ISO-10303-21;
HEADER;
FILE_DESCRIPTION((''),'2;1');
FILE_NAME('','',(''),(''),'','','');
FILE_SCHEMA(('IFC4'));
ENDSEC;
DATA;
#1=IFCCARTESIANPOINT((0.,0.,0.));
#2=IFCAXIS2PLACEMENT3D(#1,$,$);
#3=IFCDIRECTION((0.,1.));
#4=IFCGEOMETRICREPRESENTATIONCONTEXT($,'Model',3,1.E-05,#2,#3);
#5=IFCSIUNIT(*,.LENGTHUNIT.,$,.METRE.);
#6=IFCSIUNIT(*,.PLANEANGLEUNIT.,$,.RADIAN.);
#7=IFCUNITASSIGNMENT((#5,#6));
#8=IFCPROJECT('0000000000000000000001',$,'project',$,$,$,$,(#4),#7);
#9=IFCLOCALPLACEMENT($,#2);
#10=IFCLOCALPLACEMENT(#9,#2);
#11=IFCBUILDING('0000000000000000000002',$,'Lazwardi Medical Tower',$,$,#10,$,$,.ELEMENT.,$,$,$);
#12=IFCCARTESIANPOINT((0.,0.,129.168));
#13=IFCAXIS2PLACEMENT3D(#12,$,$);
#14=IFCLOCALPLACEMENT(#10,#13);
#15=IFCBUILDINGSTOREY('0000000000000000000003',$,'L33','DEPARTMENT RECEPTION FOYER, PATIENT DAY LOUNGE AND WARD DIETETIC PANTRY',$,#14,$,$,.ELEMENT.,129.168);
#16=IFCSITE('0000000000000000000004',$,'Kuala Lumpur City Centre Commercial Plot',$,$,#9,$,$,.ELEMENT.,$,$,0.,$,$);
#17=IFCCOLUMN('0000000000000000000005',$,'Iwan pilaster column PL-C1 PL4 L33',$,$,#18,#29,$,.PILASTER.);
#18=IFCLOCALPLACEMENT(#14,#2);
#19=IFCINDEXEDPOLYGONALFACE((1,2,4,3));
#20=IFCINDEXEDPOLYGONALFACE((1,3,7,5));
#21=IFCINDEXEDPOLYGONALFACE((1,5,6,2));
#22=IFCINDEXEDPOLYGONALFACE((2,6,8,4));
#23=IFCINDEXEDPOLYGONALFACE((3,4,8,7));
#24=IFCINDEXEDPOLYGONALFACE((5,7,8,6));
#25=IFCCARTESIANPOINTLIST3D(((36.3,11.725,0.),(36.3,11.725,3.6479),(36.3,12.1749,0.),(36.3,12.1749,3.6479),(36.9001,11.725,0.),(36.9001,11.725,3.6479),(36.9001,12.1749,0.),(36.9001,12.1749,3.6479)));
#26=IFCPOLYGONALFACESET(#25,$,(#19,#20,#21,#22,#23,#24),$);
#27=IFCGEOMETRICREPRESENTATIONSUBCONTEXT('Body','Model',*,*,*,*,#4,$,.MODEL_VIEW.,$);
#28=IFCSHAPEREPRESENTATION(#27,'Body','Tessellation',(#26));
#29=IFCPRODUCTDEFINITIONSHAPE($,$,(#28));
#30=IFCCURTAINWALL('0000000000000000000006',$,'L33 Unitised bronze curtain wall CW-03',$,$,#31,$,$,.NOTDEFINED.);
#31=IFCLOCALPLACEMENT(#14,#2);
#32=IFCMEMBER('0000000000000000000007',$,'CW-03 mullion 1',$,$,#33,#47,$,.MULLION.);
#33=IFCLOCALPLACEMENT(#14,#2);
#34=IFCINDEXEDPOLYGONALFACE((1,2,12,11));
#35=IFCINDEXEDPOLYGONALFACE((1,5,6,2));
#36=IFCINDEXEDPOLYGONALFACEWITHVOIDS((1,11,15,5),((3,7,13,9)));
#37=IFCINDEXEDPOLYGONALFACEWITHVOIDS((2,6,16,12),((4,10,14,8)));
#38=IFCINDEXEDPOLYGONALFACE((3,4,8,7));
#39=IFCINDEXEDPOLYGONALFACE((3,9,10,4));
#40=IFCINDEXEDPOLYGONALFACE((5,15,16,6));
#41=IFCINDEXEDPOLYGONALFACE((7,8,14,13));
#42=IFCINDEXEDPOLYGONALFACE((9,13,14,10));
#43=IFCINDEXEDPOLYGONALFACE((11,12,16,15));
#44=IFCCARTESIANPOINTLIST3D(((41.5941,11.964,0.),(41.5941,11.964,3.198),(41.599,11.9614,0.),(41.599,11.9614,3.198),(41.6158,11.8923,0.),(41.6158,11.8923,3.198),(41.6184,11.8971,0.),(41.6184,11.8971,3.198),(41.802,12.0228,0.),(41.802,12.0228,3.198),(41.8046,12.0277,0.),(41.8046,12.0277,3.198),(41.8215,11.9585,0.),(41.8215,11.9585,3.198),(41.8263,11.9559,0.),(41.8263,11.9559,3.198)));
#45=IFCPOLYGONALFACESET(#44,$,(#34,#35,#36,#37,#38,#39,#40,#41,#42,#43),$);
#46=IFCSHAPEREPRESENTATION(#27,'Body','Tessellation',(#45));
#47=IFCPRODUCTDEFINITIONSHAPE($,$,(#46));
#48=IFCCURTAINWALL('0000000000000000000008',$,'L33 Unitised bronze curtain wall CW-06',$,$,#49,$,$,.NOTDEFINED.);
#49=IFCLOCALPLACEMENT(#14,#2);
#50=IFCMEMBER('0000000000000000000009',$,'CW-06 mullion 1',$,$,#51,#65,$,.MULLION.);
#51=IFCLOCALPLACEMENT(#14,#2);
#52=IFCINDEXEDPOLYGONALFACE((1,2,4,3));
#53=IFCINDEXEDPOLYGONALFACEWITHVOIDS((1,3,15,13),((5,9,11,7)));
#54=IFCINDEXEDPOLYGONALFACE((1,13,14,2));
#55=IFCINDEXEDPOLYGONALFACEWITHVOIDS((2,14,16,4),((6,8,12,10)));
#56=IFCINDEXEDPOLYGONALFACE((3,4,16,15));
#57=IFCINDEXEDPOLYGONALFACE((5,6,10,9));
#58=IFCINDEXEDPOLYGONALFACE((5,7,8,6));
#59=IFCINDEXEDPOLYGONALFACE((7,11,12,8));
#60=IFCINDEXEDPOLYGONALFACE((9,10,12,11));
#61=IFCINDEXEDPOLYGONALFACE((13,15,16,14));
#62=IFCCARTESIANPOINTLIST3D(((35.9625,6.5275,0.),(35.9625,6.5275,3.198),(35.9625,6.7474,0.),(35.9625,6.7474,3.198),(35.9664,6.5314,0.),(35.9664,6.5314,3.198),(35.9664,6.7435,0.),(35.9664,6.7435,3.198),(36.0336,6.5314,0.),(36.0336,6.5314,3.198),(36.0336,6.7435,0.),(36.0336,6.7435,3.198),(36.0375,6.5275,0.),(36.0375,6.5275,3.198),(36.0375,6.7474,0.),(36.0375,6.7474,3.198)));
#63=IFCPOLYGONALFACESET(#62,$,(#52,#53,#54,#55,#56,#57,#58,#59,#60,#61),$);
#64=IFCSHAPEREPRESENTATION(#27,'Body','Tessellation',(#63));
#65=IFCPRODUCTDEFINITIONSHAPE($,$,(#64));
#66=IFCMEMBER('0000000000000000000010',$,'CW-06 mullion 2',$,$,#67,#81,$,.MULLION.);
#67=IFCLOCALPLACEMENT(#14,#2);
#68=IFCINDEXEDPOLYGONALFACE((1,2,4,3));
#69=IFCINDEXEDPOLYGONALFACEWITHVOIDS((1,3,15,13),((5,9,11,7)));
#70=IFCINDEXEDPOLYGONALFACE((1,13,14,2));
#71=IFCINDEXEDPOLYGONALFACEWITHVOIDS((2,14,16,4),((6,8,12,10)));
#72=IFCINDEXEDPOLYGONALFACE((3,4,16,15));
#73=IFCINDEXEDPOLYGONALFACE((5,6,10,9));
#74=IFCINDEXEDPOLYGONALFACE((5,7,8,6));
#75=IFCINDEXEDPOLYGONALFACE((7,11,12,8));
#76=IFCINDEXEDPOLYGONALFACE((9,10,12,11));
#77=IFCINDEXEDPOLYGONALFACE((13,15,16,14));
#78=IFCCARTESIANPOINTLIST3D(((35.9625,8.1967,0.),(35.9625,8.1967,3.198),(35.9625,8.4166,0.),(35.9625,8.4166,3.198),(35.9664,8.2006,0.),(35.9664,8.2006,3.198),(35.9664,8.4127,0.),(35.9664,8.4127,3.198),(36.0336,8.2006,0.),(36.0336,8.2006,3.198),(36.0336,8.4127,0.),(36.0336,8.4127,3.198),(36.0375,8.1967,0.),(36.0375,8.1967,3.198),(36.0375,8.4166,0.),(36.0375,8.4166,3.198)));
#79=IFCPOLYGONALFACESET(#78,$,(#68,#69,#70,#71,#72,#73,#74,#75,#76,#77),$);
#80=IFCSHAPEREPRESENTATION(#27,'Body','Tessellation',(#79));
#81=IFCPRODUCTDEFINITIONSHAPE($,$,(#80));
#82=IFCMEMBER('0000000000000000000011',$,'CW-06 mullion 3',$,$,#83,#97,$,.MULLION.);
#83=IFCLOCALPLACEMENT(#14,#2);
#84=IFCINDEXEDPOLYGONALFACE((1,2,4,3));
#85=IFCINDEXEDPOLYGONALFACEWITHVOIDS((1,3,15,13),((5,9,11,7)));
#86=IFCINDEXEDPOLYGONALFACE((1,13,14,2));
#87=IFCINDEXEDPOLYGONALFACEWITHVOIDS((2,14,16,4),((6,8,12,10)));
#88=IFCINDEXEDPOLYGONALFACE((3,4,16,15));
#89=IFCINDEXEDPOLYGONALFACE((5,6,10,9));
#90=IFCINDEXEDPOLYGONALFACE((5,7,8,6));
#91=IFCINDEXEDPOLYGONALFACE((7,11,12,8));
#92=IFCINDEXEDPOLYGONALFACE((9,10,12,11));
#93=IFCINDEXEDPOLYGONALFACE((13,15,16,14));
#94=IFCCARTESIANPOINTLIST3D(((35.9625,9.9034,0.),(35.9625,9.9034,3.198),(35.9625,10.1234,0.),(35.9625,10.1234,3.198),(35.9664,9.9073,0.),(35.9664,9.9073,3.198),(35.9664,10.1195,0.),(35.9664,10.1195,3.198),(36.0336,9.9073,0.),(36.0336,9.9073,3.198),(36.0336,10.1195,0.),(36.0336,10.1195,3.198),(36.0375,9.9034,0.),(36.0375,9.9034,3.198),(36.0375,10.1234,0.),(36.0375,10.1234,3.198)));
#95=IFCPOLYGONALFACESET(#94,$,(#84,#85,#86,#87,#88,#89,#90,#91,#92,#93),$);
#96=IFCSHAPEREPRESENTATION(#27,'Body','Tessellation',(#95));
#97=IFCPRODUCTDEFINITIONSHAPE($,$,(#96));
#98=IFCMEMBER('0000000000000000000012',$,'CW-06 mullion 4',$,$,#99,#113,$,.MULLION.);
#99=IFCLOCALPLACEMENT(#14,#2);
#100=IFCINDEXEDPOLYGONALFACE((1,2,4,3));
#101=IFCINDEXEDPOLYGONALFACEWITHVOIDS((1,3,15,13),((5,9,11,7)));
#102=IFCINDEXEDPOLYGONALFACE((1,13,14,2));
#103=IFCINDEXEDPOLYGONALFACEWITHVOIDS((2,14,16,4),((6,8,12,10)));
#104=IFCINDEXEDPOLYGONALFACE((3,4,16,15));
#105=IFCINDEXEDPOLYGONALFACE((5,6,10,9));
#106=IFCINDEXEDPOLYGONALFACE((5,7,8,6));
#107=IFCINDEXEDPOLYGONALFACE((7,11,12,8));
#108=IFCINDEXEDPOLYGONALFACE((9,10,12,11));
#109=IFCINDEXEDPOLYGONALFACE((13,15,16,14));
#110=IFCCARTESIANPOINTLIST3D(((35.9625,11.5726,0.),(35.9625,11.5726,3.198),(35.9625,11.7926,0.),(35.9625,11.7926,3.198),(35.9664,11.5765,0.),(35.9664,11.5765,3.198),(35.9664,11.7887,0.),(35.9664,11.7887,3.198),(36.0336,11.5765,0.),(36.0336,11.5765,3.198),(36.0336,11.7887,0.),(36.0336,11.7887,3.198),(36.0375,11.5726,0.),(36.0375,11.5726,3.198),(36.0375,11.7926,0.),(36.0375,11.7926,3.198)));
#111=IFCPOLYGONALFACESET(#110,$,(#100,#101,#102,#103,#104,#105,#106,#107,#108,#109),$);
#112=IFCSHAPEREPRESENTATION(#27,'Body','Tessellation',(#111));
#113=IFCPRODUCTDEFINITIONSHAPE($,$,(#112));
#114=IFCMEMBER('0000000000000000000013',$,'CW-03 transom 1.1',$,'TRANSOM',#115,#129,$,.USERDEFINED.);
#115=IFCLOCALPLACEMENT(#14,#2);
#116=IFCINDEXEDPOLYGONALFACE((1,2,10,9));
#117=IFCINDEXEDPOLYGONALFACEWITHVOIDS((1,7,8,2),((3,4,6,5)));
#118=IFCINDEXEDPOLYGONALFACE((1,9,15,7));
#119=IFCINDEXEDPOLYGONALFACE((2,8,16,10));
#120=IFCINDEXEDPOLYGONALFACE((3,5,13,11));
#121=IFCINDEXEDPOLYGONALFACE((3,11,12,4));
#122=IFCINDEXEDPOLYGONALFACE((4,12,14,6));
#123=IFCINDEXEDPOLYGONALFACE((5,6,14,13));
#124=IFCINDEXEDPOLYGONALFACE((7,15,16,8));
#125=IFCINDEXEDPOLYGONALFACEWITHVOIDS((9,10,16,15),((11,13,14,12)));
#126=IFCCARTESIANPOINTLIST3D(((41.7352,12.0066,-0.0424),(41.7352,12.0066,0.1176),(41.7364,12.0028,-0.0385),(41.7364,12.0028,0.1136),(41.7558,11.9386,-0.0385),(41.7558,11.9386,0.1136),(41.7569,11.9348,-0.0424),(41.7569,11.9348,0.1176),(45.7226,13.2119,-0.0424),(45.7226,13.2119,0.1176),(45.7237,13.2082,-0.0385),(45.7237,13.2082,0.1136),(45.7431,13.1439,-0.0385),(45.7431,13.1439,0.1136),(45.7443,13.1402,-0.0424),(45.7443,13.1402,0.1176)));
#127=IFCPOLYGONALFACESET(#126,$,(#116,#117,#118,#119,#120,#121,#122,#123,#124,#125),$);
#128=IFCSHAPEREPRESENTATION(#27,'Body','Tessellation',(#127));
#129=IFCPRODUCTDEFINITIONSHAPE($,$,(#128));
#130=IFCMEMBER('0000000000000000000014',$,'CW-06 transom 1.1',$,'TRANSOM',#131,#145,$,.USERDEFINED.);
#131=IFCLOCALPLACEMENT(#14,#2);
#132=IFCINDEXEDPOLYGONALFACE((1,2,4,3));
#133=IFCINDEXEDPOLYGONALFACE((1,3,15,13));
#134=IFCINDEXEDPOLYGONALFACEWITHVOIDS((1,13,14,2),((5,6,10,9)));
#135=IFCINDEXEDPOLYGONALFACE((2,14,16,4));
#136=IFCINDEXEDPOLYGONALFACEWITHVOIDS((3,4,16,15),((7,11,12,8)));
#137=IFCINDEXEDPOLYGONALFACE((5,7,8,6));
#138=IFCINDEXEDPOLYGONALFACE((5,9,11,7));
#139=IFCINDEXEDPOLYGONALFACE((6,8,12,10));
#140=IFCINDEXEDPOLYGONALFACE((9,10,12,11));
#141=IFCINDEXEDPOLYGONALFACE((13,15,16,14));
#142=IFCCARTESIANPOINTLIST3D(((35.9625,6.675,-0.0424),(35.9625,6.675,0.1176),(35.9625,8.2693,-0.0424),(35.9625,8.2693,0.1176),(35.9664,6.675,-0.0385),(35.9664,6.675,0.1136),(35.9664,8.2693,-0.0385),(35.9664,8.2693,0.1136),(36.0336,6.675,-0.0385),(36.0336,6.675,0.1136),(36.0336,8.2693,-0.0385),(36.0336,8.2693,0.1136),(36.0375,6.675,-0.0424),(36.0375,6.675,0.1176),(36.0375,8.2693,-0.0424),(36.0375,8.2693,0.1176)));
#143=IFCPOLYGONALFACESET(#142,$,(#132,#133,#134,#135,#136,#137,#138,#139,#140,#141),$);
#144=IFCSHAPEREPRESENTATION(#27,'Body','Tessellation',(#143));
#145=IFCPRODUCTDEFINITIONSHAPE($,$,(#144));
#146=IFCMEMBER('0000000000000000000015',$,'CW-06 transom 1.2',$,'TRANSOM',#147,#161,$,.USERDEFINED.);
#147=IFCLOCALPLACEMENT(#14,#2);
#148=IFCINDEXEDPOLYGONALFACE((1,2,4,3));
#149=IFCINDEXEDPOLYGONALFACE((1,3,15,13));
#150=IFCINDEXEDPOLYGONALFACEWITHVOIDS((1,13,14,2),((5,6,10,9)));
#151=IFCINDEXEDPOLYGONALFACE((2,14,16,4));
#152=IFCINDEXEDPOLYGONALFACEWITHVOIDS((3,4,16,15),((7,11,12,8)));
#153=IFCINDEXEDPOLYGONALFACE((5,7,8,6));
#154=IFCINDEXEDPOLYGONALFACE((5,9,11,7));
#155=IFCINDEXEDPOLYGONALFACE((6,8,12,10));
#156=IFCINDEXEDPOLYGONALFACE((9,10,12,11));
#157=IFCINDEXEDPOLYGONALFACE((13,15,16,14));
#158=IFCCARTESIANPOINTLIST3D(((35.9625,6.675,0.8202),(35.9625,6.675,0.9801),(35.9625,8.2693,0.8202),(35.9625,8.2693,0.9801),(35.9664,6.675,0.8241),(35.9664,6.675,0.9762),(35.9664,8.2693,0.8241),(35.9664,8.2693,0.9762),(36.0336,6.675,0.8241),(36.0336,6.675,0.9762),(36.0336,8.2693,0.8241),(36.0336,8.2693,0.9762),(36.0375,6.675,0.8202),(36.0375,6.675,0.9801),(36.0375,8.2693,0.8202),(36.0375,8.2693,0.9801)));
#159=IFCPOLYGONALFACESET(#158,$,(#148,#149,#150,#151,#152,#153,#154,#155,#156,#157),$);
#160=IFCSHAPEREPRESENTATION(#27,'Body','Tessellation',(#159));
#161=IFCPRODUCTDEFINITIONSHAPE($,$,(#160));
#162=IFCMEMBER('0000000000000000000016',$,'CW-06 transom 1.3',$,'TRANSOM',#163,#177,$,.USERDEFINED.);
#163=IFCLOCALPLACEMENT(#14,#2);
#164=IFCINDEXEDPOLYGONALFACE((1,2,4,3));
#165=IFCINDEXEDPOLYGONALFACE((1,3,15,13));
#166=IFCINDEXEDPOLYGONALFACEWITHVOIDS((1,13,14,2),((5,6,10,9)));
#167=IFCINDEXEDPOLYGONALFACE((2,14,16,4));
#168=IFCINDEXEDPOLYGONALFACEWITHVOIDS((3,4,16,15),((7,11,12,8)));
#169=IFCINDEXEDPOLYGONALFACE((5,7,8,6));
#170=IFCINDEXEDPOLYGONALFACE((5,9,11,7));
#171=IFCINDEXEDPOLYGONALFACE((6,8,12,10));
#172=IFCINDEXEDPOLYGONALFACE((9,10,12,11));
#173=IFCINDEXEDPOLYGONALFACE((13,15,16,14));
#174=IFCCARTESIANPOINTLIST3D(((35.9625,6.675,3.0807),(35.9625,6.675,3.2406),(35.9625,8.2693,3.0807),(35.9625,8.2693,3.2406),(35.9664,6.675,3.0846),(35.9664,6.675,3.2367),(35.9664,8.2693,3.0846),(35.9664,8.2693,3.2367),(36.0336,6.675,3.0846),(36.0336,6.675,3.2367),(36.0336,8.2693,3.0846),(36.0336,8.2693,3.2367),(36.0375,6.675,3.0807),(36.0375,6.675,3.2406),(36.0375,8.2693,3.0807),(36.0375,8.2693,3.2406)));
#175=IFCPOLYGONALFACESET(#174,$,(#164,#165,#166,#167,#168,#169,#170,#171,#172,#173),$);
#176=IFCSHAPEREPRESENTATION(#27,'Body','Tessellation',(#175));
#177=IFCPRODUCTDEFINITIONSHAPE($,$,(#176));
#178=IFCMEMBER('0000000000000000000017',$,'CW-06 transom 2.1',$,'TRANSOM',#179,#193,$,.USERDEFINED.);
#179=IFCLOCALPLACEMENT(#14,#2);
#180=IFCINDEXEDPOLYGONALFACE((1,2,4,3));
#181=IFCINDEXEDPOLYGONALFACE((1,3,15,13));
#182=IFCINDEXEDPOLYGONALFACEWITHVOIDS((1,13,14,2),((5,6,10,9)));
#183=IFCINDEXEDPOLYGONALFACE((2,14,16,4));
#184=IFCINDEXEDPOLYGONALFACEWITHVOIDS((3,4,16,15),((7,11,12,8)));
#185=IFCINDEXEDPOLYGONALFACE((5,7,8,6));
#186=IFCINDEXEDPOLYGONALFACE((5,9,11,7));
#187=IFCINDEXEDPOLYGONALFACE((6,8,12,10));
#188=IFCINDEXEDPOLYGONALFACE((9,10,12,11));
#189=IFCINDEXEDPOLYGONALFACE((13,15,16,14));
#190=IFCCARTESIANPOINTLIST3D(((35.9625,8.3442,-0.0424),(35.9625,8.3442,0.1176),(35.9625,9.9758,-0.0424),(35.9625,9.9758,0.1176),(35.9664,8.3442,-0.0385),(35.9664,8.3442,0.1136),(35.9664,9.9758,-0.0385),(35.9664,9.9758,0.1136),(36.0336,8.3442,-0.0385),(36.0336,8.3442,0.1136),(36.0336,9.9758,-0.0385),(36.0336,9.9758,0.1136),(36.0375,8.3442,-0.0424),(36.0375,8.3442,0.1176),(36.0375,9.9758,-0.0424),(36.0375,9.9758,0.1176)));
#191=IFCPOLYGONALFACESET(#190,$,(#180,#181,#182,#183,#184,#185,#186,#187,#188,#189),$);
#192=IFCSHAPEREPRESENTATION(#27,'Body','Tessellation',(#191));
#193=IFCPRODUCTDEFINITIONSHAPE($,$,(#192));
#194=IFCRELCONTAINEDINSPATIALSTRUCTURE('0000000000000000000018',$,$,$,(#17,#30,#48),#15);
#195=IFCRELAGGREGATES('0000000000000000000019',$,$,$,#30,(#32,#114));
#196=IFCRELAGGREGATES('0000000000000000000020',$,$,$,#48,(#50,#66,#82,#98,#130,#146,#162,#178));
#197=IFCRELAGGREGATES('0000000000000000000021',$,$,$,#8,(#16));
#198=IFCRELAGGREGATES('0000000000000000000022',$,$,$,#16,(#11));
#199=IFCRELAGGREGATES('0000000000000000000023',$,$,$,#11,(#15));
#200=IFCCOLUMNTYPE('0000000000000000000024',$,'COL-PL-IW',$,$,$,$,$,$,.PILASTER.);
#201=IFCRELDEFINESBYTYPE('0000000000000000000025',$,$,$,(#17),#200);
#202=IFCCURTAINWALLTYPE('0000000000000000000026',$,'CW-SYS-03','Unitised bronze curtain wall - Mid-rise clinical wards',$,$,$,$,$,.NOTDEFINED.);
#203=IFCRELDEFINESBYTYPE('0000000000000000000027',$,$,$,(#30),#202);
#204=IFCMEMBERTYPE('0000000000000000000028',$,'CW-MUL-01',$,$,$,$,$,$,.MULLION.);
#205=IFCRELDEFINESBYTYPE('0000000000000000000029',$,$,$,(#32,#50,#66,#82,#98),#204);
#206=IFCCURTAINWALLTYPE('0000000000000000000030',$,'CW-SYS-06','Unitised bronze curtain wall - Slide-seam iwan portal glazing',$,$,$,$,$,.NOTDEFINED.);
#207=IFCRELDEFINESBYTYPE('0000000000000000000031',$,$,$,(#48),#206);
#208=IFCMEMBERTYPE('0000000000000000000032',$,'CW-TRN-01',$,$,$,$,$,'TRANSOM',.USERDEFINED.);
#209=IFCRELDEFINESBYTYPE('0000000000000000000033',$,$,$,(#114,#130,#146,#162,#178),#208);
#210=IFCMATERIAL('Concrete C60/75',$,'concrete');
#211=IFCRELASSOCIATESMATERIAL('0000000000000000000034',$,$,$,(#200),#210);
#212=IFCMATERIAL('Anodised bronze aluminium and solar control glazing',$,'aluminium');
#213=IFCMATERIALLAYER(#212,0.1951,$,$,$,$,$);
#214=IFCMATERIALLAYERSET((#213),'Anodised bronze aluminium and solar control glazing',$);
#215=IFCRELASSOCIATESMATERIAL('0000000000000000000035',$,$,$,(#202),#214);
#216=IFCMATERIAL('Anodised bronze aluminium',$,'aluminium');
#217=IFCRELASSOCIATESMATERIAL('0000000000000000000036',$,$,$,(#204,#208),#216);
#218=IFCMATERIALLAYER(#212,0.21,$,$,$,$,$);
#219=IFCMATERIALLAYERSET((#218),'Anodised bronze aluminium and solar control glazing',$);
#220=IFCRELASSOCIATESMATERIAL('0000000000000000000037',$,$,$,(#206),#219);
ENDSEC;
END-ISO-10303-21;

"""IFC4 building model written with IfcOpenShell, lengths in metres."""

from ifc_helpers import new_model, si_unit, direction, frame, origin, origin_2d, place, context, subcontext, project, spatial, rectangle, hollow_rectangle, extrude, material, layer, layer_set, material_profile, profile_set, type_object, element, aggregate, save


model = new_model("IFC4")

# Units and contexts
model_context = context("Model", 3, precision=1e-05, world=origin(), true_north=direction((0.0, 1.0)))
body_context = subcontext(model_context, "Body", "Model", "MODEL_VIEW")
ifc_project = project(units=[si_unit("LENGTHUNIT", "METRE"), si_unit("PLANEANGLEUNIT", "RADIAN")], contexts=[model_context])

# Site, building, storey
site_placement = place(None, origin())
site = spatial("IfcSite", under=ifc_project, at=site_placement, Name="Kuala Lumpur City Centre Commercial Plot", CompositionType="ELEMENT", RefElevation=0.0)
building_placement = place(site_placement, origin())
building = spatial("IfcBuilding", under=site, at=building_placement, Name="Lazwardi Medical Tower", CompositionType="ELEMENT")
storey_placement = place(building_placement, frame((0.0, 0.0, 129.168)))
storey = spatial("IfcBuildingStorey", under=building, at=storey_placement, Name="L33", Description="DEPARTMENT RECEPTION FOYER, PATIENT DAY LOUNGE AND WARD DIETETIC PANTRY", CompositionType="ELEMENT", Elevation=129.168)

# Column
ifc_material_1 = material(Name="Concrete C60/75", Category="concrete")
ifc_material_profile_1 = material_profile(ifc_material_1, rectangle(XDim=0.6001, YDim=0.45, at=origin_2d()), Name="RC 600x450")
ifc_profile_set_1 = profile_set([ifc_material_profile_1], Name="Concrete C60/75")
column_type = type_object("IfcColumnType", Name="COL-PL-IW", PredefinedType="PILASTER", material=ifc_profile_set_1)
column_placement = place(storey_placement, frame((36.6001, 11.95, 0.0), z_axis=(0.0, 0.0, 1.0), x_axis=(1.0, 0.0, 0.0)))
element("IfcColumn", 1, at=column_placement, inside=storey, type_object=column_type, Name="Iwan pilaster column PL-C1 PL4 L33", PredefinedType="PILASTER", context=body_context, shape_type="SweptSolid", body=[
    extrude(rectangle(XDim=0.6001, YDim=0.45, at=origin_2d()), origin(), (0.0, 0.0, 1.0), 3.6479),
])

# Curtain wall, member
ifc_material_2 = material(Name="Anodised bronze aluminium and solar control glazing", Category="aluminium")
ifc_layer_1 = layer(ifc_material_2, 0.1951)
ifc_layer_set_1 = layer_set([ifc_layer_1], Name="Anodised bronze aluminium and solar control glazing")
curtain_wall_type_1 = type_object("IfcCurtainWallType", Name="CW-SYS-03", Description="Unitised bronze curtain wall - Mid-rise clinical wards", PredefinedType="NOTDEFINED", material=ifc_layer_set_1)
curtain_wall_1_placement = place(storey_placement, origin())
curtain_wall_1 = element("IfcCurtainWall", 2, at=curtain_wall_1_placement, inside=storey, type_object=curtain_wall_type_1, Name="L33 Unitised bronze curtain wall CW-03", PredefinedType="NOTDEFINED")
ifc_material_3 = material(Name="Anodised bronze aluminium", Category="aluminium")
ifc_material_profile_2 = material_profile(ifc_material_3, hollow_rectangle(XDim=0.075, YDim=0.22, WallThickness=0.0039, at=origin_2d()), Name="ALU-MULLION 220x75x4")
ifc_profile_set_2 = profile_set([ifc_material_profile_2], Name="Anodised bronze aluminium")
member_type_1 = type_object("IfcMemberType", Name="CW-MUL-01", PredefinedType="MULLION", material=ifc_profile_set_2)
member_1_placement = place(storey_placement, frame((41.7102, 11.96, 0.0), z_axis=(0.0, 0.0, 1.0), x_axis=(-0.289374, 0.957216, 0.0)))
member_1 = element("IfcMember", 3, at=member_1_placement, type_object=member_type_1, Name="CW-03 mullion 1", PredefinedType="MULLION", context=body_context, shape_type="SweptSolid", body=[
    extrude(hollow_rectangle(XDim=0.075, YDim=0.22, WallThickness=0.0039, at=origin_2d()), origin(), (0.0, 0.0, 1.0), 3.198),
])

# Curtain wall, members
ifc_layer_2 = layer(ifc_material_2, 0.21)
ifc_layer_set_2 = layer_set([ifc_layer_2], Name="Anodised bronze aluminium and solar control glazing")
curtain_wall_type_2 = type_object("IfcCurtainWallType", Name="CW-SYS-06", Description="Unitised bronze curtain wall - Slide-seam iwan portal glazing", PredefinedType="NOTDEFINED", material=ifc_layer_set_2)
curtain_wall_2_placement = place(storey_placement, origin())
curtain_wall_2 = element("IfcCurtainWall", 4, at=curtain_wall_2_placement, inside=storey, type_object=curtain_wall_type_2, Name="L33 Unitised bronze curtain wall CW-06", PredefinedType="NOTDEFINED")
member_2_placement = place(storey_placement, frame((36.0, 6.6375, 0.0), z_axis=(0.0, 0.0, 1.0), x_axis=(-1.0, 0.0, 0.0)))
member_2 = element("IfcMember", 5, at=member_2_placement, type_object=member_type_1, Name="CW-06 mullion 1", PredefinedType="MULLION", context=body_context, shape_type="SweptSolid", body=[
    extrude(hollow_rectangle(XDim=0.075, YDim=0.22, WallThickness=0.0039, at=origin_2d()), origin(), (0.0, 0.0, 1.0), 3.198),
])
member_3_placement = place(storey_placement, frame((36.0, 8.3066, 0.0), z_axis=(0.0, 0.0, 1.0), x_axis=(-1.0, 0.0, 0.0)))
member_3 = element("IfcMember", 6, at=member_3_placement, type_object=member_type_1, Name="CW-06 mullion 2", PredefinedType="MULLION", context=body_context, shape_type="SweptSolid", body=[
    extrude(hollow_rectangle(XDim=0.075, YDim=0.22, WallThickness=0.0039, at=origin_2d()), origin(), (0.0, 0.0, 1.0), 3.198),
])
member_4_placement = place(storey_placement, frame((36.0, 10.0134, 0.0), z_axis=(0.0, 0.0, 1.0), x_axis=(-1.0, 0.0, 0.0)))
member_4 = element("IfcMember", 7, at=member_4_placement, type_object=member_type_1, Name="CW-06 mullion 3", PredefinedType="MULLION", context=body_context, shape_type="SweptSolid", body=[
    extrude(hollow_rectangle(XDim=0.075, YDim=0.22, WallThickness=0.0039, at=origin_2d()), origin(), (0.0, 0.0, 1.0), 3.198),
])
member_5_placement = place(storey_placement, frame((36.0, 11.6826, 0.0), z_axis=(0.0, 0.0, 1.0), x_axis=(-1.0, 0.0, 0.0)))
member_5 = element("IfcMember", 8, at=member_5_placement, type_object=member_type_1, Name="CW-06 mullion 4", PredefinedType="MULLION", context=body_context, shape_type="SweptSolid", body=[
    extrude(hollow_rectangle(XDim=0.075, YDim=0.22, WallThickness=0.0039, at=origin_2d()), origin(), (0.0, 0.0, 1.0), 3.198),
])

# Members
ifc_material_profile_3 = material_profile(ifc_material_3, hollow_rectangle(XDim=0.075, YDim=0.1599, WallThickness=0.0039, at=origin_2d()), Name="ALU-TRANSOM 160x75x4")
ifc_profile_set_3 = profile_set([ifc_material_profile_3], Name="Anodised bronze aluminium")
member_type_2 = type_object("IfcMemberType", Name="CW-TRN-01", ElementType="TRANSOM", PredefinedType="USERDEFINED", material=ifc_profile_set_3)
member_6_placement = place(storey_placement, frame((41.7461, 11.9707, 0.0376), z_axis=(0.957221, 0.289358, 0.0), x_axis=(-0.289358, 0.957221, 0.0)))
member_6 = element("IfcMember", 9, at=member_6_placement, type_object=member_type_2, Name="CW-03 transom 1.1", ObjectType="TRANSOM", PredefinedType="USERDEFINED", context=body_context, shape_type="SweptSolid", body=[
    extrude(hollow_rectangle(XDim=0.075, YDim=0.1599, WallThickness=0.0039, at=origin_2d()), origin(), (0.0, 0.0, 1.0), 4.1655),
])
aggregate(curtain_wall_1, [member_1, member_6])
member_7_placement = place(storey_placement, frame((36.0, 6.675, 0.0376), z_axis=(0.0, 1.0, 0.0), x_axis=(-1.0, 0.0, 0.0)))
member_7 = element("IfcMember", 10, at=member_7_placement, type_object=member_type_2, Name="CW-06 transom 1.1", ObjectType="TRANSOM", PredefinedType="USERDEFINED", context=body_context, shape_type="SweptSolid", body=[
    extrude(hollow_rectangle(XDim=0.075, YDim=0.1599, WallThickness=0.0039, at=origin_2d()), origin(), (0.0, 0.0, 1.0), 1.5942),
])
member_8_placement = place(storey_placement, frame((36.0, 6.675, 0.9001), z_axis=(0.0, 1.0, 0.0), x_axis=(-1.0, 0.0, 0.0)))
member_8 = element("IfcMember", 11, at=member_8_placement, type_object=member_type_2, Name="CW-06 transom 1.2", ObjectType="TRANSOM", PredefinedType="USERDEFINED", context=body_context, shape_type="SweptSolid", body=[
    extrude(hollow_rectangle(XDim=0.075, YDim=0.1599, WallThickness=0.0039, at=origin_2d()), origin(), (0.0, 0.0, 1.0), 1.5942),
])
member_9_placement = place(storey_placement, frame((36.0, 6.675, 3.1606), z_axis=(0.0, 1.0, 0.0), x_axis=(-1.0, 0.0, 0.0)))
member_9 = element("IfcMember", 12, at=member_9_placement, type_object=member_type_2, Name="CW-06 transom 1.3", ObjectType="TRANSOM", PredefinedType="USERDEFINED", context=body_context, shape_type="SweptSolid", body=[
    extrude(hollow_rectangle(XDim=0.075, YDim=0.1599, WallThickness=0.0039, at=origin_2d()), origin(), (0.0, 0.0, 1.0), 1.5942),
])
member_10_placement = place(storey_placement, frame((36.0, 8.3442, 0.0376), z_axis=(0.0, 1.0, 0.0), x_axis=(-1.0, 0.0, 0.0)))
member_10 = element("IfcMember", 13, at=member_10_placement, type_object=member_type_2, Name="CW-06 transom 2.1", ObjectType="TRANSOM", PredefinedType="USERDEFINED", context=body_context, shape_type="SweptSolid", body=[
    extrude(hollow_rectangle(XDim=0.075, YDim=0.1599, WallThickness=0.0039, at=origin_2d()), origin(), (0.0, 0.0, 1.0), 1.6316),
])

aggregate(curtain_wall_2, [member_2, member_3, member_4, member_5, member_7, member_8, member_9, member_10])

save(model, "model.ifc")
